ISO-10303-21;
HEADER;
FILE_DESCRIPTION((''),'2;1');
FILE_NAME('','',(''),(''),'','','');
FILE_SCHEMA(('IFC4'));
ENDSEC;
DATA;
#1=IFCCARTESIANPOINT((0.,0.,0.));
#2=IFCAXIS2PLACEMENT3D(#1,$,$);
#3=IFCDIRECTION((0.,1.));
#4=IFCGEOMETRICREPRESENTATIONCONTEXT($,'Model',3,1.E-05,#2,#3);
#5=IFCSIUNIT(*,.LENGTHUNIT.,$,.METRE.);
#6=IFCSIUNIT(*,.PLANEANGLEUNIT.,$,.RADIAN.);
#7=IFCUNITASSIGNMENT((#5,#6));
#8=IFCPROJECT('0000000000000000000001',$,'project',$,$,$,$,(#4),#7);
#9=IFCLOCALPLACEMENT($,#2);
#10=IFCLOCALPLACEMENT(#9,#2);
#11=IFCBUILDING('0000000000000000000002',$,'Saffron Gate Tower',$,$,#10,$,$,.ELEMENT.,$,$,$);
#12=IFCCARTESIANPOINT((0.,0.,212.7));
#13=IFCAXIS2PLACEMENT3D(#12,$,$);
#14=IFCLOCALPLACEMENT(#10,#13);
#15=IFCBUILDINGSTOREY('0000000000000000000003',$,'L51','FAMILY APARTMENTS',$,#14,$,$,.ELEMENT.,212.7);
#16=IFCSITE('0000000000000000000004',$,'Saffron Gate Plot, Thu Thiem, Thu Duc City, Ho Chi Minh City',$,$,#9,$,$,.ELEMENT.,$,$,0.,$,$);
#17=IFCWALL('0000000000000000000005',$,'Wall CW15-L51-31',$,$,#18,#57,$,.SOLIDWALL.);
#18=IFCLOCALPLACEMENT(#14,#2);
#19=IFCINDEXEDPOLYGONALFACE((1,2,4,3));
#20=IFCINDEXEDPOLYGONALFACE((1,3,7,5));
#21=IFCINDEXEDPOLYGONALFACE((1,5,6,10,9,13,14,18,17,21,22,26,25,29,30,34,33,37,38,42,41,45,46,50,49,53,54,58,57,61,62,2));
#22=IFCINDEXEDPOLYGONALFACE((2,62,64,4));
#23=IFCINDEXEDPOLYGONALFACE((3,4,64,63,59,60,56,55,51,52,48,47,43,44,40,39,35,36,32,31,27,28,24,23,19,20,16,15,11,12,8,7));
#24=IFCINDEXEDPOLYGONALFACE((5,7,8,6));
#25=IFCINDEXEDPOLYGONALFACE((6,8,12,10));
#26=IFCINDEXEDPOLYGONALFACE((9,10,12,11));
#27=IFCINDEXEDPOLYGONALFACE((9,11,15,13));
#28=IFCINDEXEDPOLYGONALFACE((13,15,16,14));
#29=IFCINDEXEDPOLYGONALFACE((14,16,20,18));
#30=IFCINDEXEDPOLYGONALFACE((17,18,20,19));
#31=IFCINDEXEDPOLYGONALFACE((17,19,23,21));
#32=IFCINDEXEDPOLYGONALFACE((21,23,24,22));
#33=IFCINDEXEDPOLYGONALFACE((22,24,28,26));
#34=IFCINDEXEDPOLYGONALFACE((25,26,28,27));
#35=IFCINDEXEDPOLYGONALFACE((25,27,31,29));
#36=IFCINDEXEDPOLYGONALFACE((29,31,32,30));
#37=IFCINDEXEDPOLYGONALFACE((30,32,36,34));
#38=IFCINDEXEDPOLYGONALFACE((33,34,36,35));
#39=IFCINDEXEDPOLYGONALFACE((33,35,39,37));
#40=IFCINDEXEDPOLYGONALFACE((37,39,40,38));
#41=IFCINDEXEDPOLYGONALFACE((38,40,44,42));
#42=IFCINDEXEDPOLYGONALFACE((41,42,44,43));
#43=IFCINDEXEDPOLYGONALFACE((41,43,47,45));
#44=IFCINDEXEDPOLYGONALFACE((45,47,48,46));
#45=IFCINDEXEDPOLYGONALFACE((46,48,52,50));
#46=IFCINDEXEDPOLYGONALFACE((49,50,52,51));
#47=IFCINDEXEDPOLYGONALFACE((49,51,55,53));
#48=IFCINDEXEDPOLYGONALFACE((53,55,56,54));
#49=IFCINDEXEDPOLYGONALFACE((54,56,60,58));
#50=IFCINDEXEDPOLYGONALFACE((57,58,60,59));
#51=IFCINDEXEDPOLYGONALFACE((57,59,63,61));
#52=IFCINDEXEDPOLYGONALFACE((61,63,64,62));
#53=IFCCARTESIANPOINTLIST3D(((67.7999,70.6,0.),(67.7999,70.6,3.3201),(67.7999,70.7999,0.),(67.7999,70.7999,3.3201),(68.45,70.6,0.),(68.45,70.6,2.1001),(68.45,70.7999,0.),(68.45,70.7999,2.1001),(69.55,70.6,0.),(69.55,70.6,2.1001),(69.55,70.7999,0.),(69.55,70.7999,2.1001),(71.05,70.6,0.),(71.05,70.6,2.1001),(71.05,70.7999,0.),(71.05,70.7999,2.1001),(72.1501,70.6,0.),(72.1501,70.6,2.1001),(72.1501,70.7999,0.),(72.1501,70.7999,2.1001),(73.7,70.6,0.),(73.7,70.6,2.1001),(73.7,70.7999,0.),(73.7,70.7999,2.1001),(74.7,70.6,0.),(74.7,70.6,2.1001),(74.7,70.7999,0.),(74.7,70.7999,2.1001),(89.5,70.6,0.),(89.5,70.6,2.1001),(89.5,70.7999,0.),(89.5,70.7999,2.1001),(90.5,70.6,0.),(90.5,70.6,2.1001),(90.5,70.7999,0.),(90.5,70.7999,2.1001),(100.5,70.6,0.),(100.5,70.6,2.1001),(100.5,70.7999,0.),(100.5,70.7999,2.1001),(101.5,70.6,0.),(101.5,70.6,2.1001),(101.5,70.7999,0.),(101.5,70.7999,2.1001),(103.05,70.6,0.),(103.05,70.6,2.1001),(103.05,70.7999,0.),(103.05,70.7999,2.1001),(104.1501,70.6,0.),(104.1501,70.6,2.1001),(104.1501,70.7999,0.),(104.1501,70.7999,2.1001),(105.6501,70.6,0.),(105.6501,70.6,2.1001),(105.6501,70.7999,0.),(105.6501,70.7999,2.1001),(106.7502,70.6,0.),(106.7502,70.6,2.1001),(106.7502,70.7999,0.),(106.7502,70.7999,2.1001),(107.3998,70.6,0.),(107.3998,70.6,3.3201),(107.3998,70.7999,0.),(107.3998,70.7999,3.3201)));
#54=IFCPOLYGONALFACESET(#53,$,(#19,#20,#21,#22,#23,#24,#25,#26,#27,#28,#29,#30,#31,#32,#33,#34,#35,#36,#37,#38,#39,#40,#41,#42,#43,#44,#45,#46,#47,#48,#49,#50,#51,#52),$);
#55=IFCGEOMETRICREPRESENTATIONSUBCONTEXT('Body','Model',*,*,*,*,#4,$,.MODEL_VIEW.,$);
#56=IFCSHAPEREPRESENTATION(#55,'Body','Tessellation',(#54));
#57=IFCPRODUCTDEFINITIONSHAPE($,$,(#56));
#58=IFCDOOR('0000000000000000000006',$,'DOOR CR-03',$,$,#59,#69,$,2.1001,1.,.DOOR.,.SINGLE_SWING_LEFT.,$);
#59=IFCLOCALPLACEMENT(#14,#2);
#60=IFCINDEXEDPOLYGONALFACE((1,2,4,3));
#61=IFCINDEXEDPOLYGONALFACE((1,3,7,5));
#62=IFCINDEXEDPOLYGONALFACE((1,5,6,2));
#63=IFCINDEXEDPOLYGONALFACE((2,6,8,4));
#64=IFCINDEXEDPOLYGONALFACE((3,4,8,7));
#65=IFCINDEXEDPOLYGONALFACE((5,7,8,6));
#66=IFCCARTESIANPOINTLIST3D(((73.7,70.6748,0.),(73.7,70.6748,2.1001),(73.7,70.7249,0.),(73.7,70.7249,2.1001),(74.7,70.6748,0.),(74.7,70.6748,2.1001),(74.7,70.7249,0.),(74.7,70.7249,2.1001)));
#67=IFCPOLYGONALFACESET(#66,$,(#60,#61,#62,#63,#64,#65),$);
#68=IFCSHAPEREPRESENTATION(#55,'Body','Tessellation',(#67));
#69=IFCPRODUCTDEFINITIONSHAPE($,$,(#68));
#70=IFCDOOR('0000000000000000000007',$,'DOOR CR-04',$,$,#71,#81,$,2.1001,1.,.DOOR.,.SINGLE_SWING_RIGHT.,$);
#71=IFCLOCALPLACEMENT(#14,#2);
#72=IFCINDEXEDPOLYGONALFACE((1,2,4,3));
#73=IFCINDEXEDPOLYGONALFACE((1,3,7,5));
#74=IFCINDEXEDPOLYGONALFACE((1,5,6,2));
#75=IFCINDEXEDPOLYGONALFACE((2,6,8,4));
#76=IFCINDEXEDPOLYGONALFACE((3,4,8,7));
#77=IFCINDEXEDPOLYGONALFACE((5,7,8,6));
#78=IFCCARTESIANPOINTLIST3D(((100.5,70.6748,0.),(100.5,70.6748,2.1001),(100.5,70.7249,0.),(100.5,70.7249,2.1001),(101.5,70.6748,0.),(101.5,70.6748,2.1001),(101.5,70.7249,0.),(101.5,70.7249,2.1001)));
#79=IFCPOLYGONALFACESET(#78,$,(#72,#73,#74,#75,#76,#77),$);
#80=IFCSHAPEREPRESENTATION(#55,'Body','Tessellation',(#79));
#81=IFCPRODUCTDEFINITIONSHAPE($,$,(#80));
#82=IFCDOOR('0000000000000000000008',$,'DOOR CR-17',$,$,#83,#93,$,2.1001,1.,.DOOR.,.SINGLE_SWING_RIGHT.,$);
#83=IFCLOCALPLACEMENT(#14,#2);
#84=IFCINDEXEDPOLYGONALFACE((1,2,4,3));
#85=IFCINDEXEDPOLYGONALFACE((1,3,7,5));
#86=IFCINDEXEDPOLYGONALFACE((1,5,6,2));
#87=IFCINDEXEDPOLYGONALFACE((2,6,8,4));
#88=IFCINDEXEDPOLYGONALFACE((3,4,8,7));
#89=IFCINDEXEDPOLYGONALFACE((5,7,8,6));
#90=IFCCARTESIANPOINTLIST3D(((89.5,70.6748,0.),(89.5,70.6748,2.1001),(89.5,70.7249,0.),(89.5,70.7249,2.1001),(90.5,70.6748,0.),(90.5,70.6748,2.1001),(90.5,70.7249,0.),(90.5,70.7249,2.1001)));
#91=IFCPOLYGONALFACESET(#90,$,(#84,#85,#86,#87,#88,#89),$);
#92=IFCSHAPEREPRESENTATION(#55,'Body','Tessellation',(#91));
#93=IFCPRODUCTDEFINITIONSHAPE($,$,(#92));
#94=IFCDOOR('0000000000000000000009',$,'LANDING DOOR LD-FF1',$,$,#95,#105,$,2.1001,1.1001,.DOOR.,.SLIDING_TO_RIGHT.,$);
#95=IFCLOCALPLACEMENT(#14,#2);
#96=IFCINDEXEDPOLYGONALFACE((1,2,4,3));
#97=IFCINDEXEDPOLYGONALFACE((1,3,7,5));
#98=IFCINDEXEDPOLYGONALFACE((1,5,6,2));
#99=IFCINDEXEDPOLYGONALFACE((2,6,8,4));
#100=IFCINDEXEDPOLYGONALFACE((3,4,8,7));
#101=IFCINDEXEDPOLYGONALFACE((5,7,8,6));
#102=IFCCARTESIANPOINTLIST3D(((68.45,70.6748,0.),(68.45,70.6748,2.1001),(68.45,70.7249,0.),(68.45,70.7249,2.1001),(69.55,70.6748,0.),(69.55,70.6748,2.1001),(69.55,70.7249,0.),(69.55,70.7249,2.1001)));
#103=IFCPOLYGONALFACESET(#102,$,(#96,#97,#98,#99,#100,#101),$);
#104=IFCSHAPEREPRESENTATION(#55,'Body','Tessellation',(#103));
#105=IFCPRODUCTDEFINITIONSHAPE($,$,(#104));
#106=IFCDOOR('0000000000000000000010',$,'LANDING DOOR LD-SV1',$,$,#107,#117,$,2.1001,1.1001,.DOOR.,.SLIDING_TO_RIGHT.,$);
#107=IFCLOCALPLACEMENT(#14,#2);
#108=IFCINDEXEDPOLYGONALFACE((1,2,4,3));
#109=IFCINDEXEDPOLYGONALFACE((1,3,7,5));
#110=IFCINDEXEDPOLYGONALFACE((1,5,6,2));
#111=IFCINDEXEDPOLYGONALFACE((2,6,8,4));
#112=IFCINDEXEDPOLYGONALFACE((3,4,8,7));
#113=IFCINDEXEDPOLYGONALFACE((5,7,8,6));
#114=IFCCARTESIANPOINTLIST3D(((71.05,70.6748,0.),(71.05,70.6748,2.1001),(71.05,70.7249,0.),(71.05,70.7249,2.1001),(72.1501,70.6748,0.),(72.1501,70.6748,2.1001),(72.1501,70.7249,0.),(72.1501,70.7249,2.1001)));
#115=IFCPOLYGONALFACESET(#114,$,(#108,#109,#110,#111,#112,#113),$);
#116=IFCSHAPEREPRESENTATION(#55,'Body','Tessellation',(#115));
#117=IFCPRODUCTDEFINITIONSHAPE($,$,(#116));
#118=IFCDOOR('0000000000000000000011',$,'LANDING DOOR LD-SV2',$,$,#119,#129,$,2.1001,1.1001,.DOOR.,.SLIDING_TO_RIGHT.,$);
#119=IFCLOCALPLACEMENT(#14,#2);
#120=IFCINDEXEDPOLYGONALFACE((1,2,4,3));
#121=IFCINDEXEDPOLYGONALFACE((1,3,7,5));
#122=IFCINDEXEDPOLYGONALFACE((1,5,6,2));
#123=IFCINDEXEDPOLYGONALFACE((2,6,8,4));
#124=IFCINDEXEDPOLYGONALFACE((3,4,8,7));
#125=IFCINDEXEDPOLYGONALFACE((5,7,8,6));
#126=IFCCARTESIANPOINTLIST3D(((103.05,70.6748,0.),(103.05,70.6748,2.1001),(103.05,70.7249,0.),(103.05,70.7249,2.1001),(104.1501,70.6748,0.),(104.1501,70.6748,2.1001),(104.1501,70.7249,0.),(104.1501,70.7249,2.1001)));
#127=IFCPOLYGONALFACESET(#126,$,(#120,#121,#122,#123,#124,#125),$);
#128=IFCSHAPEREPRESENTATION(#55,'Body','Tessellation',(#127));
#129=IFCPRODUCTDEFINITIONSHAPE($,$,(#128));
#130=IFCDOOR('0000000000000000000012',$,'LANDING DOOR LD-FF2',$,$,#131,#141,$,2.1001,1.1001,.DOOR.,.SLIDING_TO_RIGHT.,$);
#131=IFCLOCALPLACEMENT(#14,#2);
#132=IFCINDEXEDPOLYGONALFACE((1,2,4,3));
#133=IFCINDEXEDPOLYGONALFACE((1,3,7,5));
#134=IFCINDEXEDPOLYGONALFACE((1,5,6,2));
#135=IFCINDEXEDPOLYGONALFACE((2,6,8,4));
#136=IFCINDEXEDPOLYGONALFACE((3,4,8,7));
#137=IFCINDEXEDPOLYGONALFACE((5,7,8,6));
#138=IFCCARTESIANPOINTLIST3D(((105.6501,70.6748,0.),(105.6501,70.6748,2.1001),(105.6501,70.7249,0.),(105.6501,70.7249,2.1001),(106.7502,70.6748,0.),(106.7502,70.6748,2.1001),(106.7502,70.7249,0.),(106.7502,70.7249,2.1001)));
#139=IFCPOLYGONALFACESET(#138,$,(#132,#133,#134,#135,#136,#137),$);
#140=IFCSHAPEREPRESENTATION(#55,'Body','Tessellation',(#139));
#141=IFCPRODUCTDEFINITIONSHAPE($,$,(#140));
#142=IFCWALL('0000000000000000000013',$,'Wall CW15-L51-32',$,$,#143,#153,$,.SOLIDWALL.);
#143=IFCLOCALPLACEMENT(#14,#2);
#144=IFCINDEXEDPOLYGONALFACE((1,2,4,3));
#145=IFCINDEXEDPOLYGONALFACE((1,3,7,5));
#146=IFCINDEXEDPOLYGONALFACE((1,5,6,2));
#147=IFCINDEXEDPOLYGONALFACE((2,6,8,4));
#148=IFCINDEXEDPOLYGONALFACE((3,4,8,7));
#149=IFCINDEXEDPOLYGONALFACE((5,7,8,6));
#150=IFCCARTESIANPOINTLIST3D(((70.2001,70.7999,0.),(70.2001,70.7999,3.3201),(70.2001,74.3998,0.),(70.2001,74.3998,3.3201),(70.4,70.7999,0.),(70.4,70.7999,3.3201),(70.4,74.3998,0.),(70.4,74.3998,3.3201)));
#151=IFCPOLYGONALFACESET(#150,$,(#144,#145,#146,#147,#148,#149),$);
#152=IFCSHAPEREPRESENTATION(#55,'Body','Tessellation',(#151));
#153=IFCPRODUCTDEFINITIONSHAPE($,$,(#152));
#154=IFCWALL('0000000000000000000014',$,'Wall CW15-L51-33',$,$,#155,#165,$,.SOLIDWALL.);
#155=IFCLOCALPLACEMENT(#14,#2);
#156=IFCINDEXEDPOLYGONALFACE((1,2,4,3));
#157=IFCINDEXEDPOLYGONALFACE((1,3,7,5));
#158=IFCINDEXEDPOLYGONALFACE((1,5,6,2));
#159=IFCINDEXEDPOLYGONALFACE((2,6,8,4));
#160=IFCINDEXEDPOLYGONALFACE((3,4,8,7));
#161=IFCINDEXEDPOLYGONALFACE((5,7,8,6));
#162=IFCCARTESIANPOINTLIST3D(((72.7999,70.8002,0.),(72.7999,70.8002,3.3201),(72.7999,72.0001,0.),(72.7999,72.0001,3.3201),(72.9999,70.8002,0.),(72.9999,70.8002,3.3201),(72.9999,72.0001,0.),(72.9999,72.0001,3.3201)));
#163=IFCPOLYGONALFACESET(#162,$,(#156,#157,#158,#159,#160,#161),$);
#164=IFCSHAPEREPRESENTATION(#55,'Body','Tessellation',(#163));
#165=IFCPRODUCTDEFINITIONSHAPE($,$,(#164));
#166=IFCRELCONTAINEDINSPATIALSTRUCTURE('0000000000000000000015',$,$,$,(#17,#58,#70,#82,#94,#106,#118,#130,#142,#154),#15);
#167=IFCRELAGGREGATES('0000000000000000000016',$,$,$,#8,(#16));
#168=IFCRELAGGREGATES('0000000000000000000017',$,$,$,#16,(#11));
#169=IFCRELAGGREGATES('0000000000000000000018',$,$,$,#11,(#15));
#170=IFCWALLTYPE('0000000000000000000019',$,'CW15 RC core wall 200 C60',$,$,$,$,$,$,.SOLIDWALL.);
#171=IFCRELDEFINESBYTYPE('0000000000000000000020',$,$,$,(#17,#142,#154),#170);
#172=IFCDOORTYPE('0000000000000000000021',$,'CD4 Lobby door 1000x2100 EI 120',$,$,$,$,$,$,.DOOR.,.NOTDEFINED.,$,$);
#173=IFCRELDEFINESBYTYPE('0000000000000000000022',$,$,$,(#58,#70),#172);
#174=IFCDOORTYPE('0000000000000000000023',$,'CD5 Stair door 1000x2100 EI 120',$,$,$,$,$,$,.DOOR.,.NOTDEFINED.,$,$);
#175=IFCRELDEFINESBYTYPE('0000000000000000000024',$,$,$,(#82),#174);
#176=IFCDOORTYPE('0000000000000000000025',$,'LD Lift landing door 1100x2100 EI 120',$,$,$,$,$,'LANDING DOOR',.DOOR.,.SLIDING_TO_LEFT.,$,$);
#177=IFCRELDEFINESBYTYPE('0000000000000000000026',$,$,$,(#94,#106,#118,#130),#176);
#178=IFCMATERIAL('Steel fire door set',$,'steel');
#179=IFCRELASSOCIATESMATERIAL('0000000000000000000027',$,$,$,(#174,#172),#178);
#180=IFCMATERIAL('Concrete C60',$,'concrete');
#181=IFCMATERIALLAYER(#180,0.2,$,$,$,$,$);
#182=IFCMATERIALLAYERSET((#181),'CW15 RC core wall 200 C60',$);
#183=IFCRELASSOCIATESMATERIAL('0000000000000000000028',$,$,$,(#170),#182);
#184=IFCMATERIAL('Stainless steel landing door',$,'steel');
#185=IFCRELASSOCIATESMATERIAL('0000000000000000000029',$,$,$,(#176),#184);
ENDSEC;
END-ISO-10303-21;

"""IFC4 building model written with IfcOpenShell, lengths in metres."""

from ifc_helpers import new_model, si_unit, direction, frame, frame_2d, origin, place, context, subcontext, project, spatial, rectangle, extrude, material, layer, layer_set, type_object, element, fill, save


model = new_model("IFC4")

# Units and contexts
model_context = context("Model", 3, precision=1e-05, world=origin(), true_north=direction((0.0, 1.0)))
body_context = subcontext(model_context, "Body", "Model", "MODEL_VIEW")
ifc_project = project(units=[si_unit("LENGTHUNIT", "METRE"), si_unit("PLANEANGLEUNIT", "RADIAN")], contexts=[model_context])

# Site, building, storey
site_placement = place(None, origin())
site = spatial("IfcSite", under=ifc_project, at=site_placement, Name="Saffron Gate Plot, Thu Thiem, Thu Duc City, Ho Chi Minh City", CompositionType="ELEMENT", RefElevation=0.0)
building_placement = place(site_placement, origin())
building = spatial("IfcBuilding", under=site, at=building_placement, Name="Saffron Gate Tower", CompositionType="ELEMENT")
storey_placement = place(building_placement, frame((0.0, 0.0, 212.7)))
storey = spatial("IfcBuildingStorey", under=building, at=storey_placement, Name="L51", Description="FAMILY APARTMENTS", CompositionType="ELEMENT", Elevation=212.7)

# Wall, openings, doors
ifc_material_1 = material(Name="Concrete C60", Category="concrete")
ifc_material_2 = material(Name="Steel fire door set", Category="steel")
door_type_1 = type_object("IfcDoorType", Name="CD5 Stair door 1000x2100 EI 120", OperationType="NOTDEFINED", PredefinedType="DOOR", material=ifc_material_2)
ifc_layer_1 = layer(ifc_material_1, 0.2)
ifc_layer_set_1 = layer_set([ifc_layer_1], Name="CW15 RC core wall 200 C60")
wall_type_1 = type_object("IfcWallType", Name="CW15 RC core wall 200 C60", PredefinedType="SOLIDWALL", material=ifc_layer_set_1)
wall_1_placement = place(storey_placement, frame((67.8, 70.7, 0.0), z_axis=(0.0, 0.0, 1.0), x_axis=(1.0, 0.0, 0.0)))
wall_1 = element("IfcWall", 1, at=wall_1_placement, inside=storey, type_object=wall_type_1, Name="Wall CW15-L51-31", PredefinedType="SOLIDWALL", context=body_context, shape_type="SweptSolid", body=[
    extrude(rectangle(XDim=39.5999, YDim=0.2, at=frame_2d((19.7998, 0.0))), origin(), (0.0, 0.0, 1.0), 3.3201),
])
opening_1_placement = place(wall_1_placement, frame((0.6499, 0.0, 0.0)))
opening_1 = element("IfcOpeningElement", 2, at=opening_1_placement, cuts=wall_1, PredefinedType="OPENING", context=body_context, shape_type="SweptSolid", body=[
    extrude(rectangle(XDim=1.1001, YDim=2.1001, at=frame_2d((0.55, 1.05))), frame((0.0, 0.1099, 0.0), z_axis=(0.0, -1.0, 0.0), x_axis=(1.0, 0.0, 0.0)), (0.0, 0.0, 1.0), 0.22),
])
opening_2_placement = place(wall_1_placement, frame((3.25, 0.0, 0.0)))
opening_2 = element("IfcOpeningElement", 3, at=opening_2_placement, cuts=wall_1, PredefinedType="OPENING", context=body_context, shape_type="SweptSolid", body=[
    extrude(rectangle(XDim=1.1001, YDim=2.1001, at=frame_2d((0.55, 1.05))), frame((0.0, 0.1099, 0.0), z_axis=(0.0, -1.0, 0.0), x_axis=(1.0, 0.0, 0.0)), (0.0, 0.0, 1.0), 0.22),
])
opening_3_placement = place(wall_1_placement, frame((5.8999, 0.0, 0.0)))
opening_3 = element("IfcOpeningElement", 4, at=opening_3_placement, cuts=wall_1, PredefinedType="OPENING", context=body_context, shape_type="SweptSolid", body=[
    extrude(rectangle(XDim=1.0, YDim=2.1001, at=frame_2d((0.5, 1.05))), frame((0.0, 0.1099, 0.0), z_axis=(0.0, -1.0, 0.0), x_axis=(1.0, 0.0, 0.0)), (0.0, 0.0, 1.0), 0.22),
])
opening_4_placement = place(wall_1_placement, frame((21.7, 0.0, 0.0)))
opening_4 = element("IfcOpeningElement", 5, at=opening_4_placement, cuts=wall_1, PredefinedType="OPENING", context=body_context, shape_type="SweptSolid", body=[
    extrude(rectangle(XDim=1.0, YDim=2.1001, at=frame_2d((0.5, 1.05))), frame((0.0, 0.1099, 0.0), z_axis=(0.0, -1.0, 0.0), x_axis=(1.0, 0.0, 0.0)), (0.0, 0.0, 1.0), 0.22),
])
opening_5_placement = place(wall_1_placement, frame((32.7, 0.0, 0.0)))
opening_5 = element("IfcOpeningElement", 6, at=opening_5_placement, cuts=wall_1, PredefinedType="OPENING", context=body_context, shape_type="SweptSolid", body=[
    extrude(rectangle(XDim=1.0, YDim=2.1001, at=frame_2d((0.5, 1.05))), frame((0.0, 0.1099, 0.0), z_axis=(0.0, -1.0, 0.0), x_axis=(1.0, 0.0, 0.0)), (0.0, 0.0, 1.0), 0.22),
])
opening_6_placement = place(wall_1_placement, frame((35.25, 0.0, 0.0)))
opening_6 = element("IfcOpeningElement", 7, at=opening_6_placement, cuts=wall_1, PredefinedType="OPENING", context=body_context, shape_type="SweptSolid", body=[
    extrude(rectangle(XDim=1.1001, YDim=2.1001, at=frame_2d((0.55, 1.05))), frame((0.0, 0.1099, 0.0), z_axis=(0.0, -1.0, 0.0), x_axis=(1.0, 0.0, 0.0)), (0.0, 0.0, 1.0), 0.22),
])
opening_7_placement = place(wall_1_placement, frame((37.8501, 0.0, 0.0)))
opening_7 = element("IfcOpeningElement", 8, at=opening_7_placement, cuts=wall_1, PredefinedType="OPENING", context=body_context, shape_type="SweptSolid", body=[
    extrude(rectangle(XDim=1.1001, YDim=2.1001, at=frame_2d((0.55, 1.05))), frame((0.0, 0.1099, 0.0), z_axis=(0.0, -1.0, 0.0), x_axis=(1.0, 0.0, 0.0)), (0.0, 0.0, 1.0), 0.22),
])
door_type_2 = type_object("IfcDoorType", Name="CD4 Lobby door 1000x2100 EI 120", OperationType="NOTDEFINED", PredefinedType="DOOR", material=ifc_material_2)
door_1_placement = place(opening_3_placement, origin())
door_1 = element("IfcDoor", 9, at=door_1_placement, inside=storey, type_object=door_type_2, Name="DOOR CR-03", OperationType="SINGLE_SWING_LEFT", OverallHeight=2.1001, OverallWidth=1.0, PredefinedType="DOOR", context=body_context, shape_type="SweptSolid", body=[
    extrude(rectangle(XDim=1.0, YDim=2.1001, at=frame_2d((0.5, 1.05))), frame((0.0, 0.0249, 0.0), z_axis=(0.0, -1.0, 0.0), x_axis=(1.0, 0.0, 0.0)), (0.0, 0.0, 1.0), 0.05),
])
fill(opening_3, door_1)
door_2_placement = place(opening_5_placement, origin())
door_2 = element("IfcDoor", 10, at=door_2_placement, inside=storey, type_object=door_type_2, Name="DOOR CR-04", OperationType="SINGLE_SWING_RIGHT", OverallHeight=2.1001, OverallWidth=1.0, PredefinedType="DOOR", context=body_context, shape_type="SweptSolid", body=[
    extrude(rectangle(XDim=1.0, YDim=2.1001, at=frame_2d((0.5, 1.05))), frame((0.0, 0.0249, 0.0), z_axis=(0.0, -1.0, 0.0), x_axis=(1.0, 0.0, 0.0)), (0.0, 0.0, 1.0), 0.05),
])
fill(opening_5, door_2)
door_3_placement = place(opening_4_placement, origin())
door_3 = element("IfcDoor", 11, at=door_3_placement, inside=storey, type_object=door_type_1, Name="DOOR CR-17", OperationType="SINGLE_SWING_RIGHT", OverallHeight=2.1001, OverallWidth=1.0, PredefinedType="DOOR", context=body_context, shape_type="SweptSolid", body=[
    extrude(rectangle(XDim=1.0, YDim=2.1001, at=frame_2d((0.5, 1.05))), frame((0.0, 0.0249, 0.0), z_axis=(0.0, -1.0, 0.0), x_axis=(1.0, 0.0, 0.0)), (0.0, 0.0, 1.0), 0.05),
])
fill(opening_4, door_3)
ifc_material_3 = material(Name="Stainless steel landing door", Category="steel")
door_type_3 = type_object("IfcDoorType", Name="LD Lift landing door 1100x2100 EI 120", ElementType="LANDING DOOR", OperationType="SLIDING_TO_LEFT", PredefinedType="DOOR", material=ifc_material_3)
door_4_placement = place(opening_1_placement, origin())
door_4 = element("IfcDoor", 12, at=door_4_placement, inside=storey, type_object=door_type_3, Name="LANDING DOOR LD-FF1", OperationType="SLIDING_TO_RIGHT", OverallHeight=2.1001, OverallWidth=1.1001, PredefinedType="DOOR", context=body_context, shape_type="SweptSolid", body=[
    extrude(rectangle(XDim=1.1001, YDim=2.1001, at=frame_2d((0.55, 1.05))), frame((0.0, 0.0249, 0.0), z_axis=(0.0, -1.0, 0.0), x_axis=(1.0, 0.0, 0.0)), (0.0, 0.0, 1.0), 0.05),
])
fill(opening_1, door_4)
door_5_placement = place(opening_2_placement, origin())
door_5 = element("IfcDoor", 13, at=door_5_placement, inside=storey, type_object=door_type_3, Name="LANDING DOOR LD-SV1", OperationType="SLIDING_TO_RIGHT", OverallHeight=2.1001, OverallWidth=1.1001, PredefinedType="DOOR", context=body_context, shape_type="SweptSolid", body=[
    extrude(rectangle(XDim=1.1001, YDim=2.1001, at=frame_2d((0.55, 1.05))), frame((0.0, 0.0249, 0.0), z_axis=(0.0, -1.0, 0.0), x_axis=(1.0, 0.0, 0.0)), (0.0, 0.0, 1.0), 0.05),
])
fill(opening_2, door_5)
door_6_placement = place(opening_6_placement, origin())
door_6 = element("IfcDoor", 14, at=door_6_placement, inside=storey, type_object=door_type_3, Name="LANDING DOOR LD-SV2", OperationType="SLIDING_TO_RIGHT", OverallHeight=2.1001, OverallWidth=1.1001, PredefinedType="DOOR", context=body_context, shape_type="SweptSolid", body=[
    extrude(rectangle(XDim=1.1001, YDim=2.1001, at=frame_2d((0.55, 1.05))), frame((0.0, 0.0249, 0.0), z_axis=(0.0, -1.0, 0.0), x_axis=(1.0, 0.0, 0.0)), (0.0, 0.0, 1.0), 0.05),
])
fill(opening_6, door_6)
door_7_placement = place(opening_7_placement, origin())
door_7 = element("IfcDoor", 15, at=door_7_placement, inside=storey, type_object=door_type_3, Name="LANDING DOOR LD-FF2", OperationType="SLIDING_TO_RIGHT", OverallHeight=2.1001, OverallWidth=1.1001, PredefinedType="DOOR", context=body_context, shape_type="SweptSolid", body=[
    extrude(rectangle(XDim=1.1001, YDim=2.1001, at=frame_2d((0.55, 1.05))), frame((0.0, 0.0249, 0.0), z_axis=(0.0, -1.0, 0.0), x_axis=(1.0, 0.0, 0.0)), (0.0, 0.0, 1.0), 0.05),
])
fill(opening_7, door_7)

# Walls
wall_2_placement = place(storey_placement, frame((70.3, 70.8, 0.0), z_axis=(0.0, 0.0, 1.0), x_axis=(0.0, 1.0, 0.0)))
element("IfcWall", 16, at=wall_2_placement, inside=storey, type_object=wall_type_1, Name="Wall CW15-L51-32", PredefinedType="SOLIDWALL", context=body_context, shape_type="SweptSolid", body=[
    extrude(rectangle(XDim=3.5999, YDim=0.2, at=frame_2d((1.7998, 0.0))), origin(), (0.0, 0.0, 1.0), 3.3201),
])
wall_3_placement = place(storey_placement, frame((72.8999, 70.8, 0.0), z_axis=(0.0, 0.0, 1.0), x_axis=(0.0, 1.0, 0.0)))
element("IfcWall", 17, at=wall_3_placement, inside=storey, type_object=wall_type_1, Name="Wall CW15-L51-33", PredefinedType="SOLIDWALL", context=body_context, shape_type="SweptSolid", body=[
    extrude(rectangle(XDim=1.2, YDim=0.2, at=frame_2d((0.6001, 0.0))), origin(), (0.0, 0.0, 1.0), 3.3201),
])

save(model, "model.ifc")
